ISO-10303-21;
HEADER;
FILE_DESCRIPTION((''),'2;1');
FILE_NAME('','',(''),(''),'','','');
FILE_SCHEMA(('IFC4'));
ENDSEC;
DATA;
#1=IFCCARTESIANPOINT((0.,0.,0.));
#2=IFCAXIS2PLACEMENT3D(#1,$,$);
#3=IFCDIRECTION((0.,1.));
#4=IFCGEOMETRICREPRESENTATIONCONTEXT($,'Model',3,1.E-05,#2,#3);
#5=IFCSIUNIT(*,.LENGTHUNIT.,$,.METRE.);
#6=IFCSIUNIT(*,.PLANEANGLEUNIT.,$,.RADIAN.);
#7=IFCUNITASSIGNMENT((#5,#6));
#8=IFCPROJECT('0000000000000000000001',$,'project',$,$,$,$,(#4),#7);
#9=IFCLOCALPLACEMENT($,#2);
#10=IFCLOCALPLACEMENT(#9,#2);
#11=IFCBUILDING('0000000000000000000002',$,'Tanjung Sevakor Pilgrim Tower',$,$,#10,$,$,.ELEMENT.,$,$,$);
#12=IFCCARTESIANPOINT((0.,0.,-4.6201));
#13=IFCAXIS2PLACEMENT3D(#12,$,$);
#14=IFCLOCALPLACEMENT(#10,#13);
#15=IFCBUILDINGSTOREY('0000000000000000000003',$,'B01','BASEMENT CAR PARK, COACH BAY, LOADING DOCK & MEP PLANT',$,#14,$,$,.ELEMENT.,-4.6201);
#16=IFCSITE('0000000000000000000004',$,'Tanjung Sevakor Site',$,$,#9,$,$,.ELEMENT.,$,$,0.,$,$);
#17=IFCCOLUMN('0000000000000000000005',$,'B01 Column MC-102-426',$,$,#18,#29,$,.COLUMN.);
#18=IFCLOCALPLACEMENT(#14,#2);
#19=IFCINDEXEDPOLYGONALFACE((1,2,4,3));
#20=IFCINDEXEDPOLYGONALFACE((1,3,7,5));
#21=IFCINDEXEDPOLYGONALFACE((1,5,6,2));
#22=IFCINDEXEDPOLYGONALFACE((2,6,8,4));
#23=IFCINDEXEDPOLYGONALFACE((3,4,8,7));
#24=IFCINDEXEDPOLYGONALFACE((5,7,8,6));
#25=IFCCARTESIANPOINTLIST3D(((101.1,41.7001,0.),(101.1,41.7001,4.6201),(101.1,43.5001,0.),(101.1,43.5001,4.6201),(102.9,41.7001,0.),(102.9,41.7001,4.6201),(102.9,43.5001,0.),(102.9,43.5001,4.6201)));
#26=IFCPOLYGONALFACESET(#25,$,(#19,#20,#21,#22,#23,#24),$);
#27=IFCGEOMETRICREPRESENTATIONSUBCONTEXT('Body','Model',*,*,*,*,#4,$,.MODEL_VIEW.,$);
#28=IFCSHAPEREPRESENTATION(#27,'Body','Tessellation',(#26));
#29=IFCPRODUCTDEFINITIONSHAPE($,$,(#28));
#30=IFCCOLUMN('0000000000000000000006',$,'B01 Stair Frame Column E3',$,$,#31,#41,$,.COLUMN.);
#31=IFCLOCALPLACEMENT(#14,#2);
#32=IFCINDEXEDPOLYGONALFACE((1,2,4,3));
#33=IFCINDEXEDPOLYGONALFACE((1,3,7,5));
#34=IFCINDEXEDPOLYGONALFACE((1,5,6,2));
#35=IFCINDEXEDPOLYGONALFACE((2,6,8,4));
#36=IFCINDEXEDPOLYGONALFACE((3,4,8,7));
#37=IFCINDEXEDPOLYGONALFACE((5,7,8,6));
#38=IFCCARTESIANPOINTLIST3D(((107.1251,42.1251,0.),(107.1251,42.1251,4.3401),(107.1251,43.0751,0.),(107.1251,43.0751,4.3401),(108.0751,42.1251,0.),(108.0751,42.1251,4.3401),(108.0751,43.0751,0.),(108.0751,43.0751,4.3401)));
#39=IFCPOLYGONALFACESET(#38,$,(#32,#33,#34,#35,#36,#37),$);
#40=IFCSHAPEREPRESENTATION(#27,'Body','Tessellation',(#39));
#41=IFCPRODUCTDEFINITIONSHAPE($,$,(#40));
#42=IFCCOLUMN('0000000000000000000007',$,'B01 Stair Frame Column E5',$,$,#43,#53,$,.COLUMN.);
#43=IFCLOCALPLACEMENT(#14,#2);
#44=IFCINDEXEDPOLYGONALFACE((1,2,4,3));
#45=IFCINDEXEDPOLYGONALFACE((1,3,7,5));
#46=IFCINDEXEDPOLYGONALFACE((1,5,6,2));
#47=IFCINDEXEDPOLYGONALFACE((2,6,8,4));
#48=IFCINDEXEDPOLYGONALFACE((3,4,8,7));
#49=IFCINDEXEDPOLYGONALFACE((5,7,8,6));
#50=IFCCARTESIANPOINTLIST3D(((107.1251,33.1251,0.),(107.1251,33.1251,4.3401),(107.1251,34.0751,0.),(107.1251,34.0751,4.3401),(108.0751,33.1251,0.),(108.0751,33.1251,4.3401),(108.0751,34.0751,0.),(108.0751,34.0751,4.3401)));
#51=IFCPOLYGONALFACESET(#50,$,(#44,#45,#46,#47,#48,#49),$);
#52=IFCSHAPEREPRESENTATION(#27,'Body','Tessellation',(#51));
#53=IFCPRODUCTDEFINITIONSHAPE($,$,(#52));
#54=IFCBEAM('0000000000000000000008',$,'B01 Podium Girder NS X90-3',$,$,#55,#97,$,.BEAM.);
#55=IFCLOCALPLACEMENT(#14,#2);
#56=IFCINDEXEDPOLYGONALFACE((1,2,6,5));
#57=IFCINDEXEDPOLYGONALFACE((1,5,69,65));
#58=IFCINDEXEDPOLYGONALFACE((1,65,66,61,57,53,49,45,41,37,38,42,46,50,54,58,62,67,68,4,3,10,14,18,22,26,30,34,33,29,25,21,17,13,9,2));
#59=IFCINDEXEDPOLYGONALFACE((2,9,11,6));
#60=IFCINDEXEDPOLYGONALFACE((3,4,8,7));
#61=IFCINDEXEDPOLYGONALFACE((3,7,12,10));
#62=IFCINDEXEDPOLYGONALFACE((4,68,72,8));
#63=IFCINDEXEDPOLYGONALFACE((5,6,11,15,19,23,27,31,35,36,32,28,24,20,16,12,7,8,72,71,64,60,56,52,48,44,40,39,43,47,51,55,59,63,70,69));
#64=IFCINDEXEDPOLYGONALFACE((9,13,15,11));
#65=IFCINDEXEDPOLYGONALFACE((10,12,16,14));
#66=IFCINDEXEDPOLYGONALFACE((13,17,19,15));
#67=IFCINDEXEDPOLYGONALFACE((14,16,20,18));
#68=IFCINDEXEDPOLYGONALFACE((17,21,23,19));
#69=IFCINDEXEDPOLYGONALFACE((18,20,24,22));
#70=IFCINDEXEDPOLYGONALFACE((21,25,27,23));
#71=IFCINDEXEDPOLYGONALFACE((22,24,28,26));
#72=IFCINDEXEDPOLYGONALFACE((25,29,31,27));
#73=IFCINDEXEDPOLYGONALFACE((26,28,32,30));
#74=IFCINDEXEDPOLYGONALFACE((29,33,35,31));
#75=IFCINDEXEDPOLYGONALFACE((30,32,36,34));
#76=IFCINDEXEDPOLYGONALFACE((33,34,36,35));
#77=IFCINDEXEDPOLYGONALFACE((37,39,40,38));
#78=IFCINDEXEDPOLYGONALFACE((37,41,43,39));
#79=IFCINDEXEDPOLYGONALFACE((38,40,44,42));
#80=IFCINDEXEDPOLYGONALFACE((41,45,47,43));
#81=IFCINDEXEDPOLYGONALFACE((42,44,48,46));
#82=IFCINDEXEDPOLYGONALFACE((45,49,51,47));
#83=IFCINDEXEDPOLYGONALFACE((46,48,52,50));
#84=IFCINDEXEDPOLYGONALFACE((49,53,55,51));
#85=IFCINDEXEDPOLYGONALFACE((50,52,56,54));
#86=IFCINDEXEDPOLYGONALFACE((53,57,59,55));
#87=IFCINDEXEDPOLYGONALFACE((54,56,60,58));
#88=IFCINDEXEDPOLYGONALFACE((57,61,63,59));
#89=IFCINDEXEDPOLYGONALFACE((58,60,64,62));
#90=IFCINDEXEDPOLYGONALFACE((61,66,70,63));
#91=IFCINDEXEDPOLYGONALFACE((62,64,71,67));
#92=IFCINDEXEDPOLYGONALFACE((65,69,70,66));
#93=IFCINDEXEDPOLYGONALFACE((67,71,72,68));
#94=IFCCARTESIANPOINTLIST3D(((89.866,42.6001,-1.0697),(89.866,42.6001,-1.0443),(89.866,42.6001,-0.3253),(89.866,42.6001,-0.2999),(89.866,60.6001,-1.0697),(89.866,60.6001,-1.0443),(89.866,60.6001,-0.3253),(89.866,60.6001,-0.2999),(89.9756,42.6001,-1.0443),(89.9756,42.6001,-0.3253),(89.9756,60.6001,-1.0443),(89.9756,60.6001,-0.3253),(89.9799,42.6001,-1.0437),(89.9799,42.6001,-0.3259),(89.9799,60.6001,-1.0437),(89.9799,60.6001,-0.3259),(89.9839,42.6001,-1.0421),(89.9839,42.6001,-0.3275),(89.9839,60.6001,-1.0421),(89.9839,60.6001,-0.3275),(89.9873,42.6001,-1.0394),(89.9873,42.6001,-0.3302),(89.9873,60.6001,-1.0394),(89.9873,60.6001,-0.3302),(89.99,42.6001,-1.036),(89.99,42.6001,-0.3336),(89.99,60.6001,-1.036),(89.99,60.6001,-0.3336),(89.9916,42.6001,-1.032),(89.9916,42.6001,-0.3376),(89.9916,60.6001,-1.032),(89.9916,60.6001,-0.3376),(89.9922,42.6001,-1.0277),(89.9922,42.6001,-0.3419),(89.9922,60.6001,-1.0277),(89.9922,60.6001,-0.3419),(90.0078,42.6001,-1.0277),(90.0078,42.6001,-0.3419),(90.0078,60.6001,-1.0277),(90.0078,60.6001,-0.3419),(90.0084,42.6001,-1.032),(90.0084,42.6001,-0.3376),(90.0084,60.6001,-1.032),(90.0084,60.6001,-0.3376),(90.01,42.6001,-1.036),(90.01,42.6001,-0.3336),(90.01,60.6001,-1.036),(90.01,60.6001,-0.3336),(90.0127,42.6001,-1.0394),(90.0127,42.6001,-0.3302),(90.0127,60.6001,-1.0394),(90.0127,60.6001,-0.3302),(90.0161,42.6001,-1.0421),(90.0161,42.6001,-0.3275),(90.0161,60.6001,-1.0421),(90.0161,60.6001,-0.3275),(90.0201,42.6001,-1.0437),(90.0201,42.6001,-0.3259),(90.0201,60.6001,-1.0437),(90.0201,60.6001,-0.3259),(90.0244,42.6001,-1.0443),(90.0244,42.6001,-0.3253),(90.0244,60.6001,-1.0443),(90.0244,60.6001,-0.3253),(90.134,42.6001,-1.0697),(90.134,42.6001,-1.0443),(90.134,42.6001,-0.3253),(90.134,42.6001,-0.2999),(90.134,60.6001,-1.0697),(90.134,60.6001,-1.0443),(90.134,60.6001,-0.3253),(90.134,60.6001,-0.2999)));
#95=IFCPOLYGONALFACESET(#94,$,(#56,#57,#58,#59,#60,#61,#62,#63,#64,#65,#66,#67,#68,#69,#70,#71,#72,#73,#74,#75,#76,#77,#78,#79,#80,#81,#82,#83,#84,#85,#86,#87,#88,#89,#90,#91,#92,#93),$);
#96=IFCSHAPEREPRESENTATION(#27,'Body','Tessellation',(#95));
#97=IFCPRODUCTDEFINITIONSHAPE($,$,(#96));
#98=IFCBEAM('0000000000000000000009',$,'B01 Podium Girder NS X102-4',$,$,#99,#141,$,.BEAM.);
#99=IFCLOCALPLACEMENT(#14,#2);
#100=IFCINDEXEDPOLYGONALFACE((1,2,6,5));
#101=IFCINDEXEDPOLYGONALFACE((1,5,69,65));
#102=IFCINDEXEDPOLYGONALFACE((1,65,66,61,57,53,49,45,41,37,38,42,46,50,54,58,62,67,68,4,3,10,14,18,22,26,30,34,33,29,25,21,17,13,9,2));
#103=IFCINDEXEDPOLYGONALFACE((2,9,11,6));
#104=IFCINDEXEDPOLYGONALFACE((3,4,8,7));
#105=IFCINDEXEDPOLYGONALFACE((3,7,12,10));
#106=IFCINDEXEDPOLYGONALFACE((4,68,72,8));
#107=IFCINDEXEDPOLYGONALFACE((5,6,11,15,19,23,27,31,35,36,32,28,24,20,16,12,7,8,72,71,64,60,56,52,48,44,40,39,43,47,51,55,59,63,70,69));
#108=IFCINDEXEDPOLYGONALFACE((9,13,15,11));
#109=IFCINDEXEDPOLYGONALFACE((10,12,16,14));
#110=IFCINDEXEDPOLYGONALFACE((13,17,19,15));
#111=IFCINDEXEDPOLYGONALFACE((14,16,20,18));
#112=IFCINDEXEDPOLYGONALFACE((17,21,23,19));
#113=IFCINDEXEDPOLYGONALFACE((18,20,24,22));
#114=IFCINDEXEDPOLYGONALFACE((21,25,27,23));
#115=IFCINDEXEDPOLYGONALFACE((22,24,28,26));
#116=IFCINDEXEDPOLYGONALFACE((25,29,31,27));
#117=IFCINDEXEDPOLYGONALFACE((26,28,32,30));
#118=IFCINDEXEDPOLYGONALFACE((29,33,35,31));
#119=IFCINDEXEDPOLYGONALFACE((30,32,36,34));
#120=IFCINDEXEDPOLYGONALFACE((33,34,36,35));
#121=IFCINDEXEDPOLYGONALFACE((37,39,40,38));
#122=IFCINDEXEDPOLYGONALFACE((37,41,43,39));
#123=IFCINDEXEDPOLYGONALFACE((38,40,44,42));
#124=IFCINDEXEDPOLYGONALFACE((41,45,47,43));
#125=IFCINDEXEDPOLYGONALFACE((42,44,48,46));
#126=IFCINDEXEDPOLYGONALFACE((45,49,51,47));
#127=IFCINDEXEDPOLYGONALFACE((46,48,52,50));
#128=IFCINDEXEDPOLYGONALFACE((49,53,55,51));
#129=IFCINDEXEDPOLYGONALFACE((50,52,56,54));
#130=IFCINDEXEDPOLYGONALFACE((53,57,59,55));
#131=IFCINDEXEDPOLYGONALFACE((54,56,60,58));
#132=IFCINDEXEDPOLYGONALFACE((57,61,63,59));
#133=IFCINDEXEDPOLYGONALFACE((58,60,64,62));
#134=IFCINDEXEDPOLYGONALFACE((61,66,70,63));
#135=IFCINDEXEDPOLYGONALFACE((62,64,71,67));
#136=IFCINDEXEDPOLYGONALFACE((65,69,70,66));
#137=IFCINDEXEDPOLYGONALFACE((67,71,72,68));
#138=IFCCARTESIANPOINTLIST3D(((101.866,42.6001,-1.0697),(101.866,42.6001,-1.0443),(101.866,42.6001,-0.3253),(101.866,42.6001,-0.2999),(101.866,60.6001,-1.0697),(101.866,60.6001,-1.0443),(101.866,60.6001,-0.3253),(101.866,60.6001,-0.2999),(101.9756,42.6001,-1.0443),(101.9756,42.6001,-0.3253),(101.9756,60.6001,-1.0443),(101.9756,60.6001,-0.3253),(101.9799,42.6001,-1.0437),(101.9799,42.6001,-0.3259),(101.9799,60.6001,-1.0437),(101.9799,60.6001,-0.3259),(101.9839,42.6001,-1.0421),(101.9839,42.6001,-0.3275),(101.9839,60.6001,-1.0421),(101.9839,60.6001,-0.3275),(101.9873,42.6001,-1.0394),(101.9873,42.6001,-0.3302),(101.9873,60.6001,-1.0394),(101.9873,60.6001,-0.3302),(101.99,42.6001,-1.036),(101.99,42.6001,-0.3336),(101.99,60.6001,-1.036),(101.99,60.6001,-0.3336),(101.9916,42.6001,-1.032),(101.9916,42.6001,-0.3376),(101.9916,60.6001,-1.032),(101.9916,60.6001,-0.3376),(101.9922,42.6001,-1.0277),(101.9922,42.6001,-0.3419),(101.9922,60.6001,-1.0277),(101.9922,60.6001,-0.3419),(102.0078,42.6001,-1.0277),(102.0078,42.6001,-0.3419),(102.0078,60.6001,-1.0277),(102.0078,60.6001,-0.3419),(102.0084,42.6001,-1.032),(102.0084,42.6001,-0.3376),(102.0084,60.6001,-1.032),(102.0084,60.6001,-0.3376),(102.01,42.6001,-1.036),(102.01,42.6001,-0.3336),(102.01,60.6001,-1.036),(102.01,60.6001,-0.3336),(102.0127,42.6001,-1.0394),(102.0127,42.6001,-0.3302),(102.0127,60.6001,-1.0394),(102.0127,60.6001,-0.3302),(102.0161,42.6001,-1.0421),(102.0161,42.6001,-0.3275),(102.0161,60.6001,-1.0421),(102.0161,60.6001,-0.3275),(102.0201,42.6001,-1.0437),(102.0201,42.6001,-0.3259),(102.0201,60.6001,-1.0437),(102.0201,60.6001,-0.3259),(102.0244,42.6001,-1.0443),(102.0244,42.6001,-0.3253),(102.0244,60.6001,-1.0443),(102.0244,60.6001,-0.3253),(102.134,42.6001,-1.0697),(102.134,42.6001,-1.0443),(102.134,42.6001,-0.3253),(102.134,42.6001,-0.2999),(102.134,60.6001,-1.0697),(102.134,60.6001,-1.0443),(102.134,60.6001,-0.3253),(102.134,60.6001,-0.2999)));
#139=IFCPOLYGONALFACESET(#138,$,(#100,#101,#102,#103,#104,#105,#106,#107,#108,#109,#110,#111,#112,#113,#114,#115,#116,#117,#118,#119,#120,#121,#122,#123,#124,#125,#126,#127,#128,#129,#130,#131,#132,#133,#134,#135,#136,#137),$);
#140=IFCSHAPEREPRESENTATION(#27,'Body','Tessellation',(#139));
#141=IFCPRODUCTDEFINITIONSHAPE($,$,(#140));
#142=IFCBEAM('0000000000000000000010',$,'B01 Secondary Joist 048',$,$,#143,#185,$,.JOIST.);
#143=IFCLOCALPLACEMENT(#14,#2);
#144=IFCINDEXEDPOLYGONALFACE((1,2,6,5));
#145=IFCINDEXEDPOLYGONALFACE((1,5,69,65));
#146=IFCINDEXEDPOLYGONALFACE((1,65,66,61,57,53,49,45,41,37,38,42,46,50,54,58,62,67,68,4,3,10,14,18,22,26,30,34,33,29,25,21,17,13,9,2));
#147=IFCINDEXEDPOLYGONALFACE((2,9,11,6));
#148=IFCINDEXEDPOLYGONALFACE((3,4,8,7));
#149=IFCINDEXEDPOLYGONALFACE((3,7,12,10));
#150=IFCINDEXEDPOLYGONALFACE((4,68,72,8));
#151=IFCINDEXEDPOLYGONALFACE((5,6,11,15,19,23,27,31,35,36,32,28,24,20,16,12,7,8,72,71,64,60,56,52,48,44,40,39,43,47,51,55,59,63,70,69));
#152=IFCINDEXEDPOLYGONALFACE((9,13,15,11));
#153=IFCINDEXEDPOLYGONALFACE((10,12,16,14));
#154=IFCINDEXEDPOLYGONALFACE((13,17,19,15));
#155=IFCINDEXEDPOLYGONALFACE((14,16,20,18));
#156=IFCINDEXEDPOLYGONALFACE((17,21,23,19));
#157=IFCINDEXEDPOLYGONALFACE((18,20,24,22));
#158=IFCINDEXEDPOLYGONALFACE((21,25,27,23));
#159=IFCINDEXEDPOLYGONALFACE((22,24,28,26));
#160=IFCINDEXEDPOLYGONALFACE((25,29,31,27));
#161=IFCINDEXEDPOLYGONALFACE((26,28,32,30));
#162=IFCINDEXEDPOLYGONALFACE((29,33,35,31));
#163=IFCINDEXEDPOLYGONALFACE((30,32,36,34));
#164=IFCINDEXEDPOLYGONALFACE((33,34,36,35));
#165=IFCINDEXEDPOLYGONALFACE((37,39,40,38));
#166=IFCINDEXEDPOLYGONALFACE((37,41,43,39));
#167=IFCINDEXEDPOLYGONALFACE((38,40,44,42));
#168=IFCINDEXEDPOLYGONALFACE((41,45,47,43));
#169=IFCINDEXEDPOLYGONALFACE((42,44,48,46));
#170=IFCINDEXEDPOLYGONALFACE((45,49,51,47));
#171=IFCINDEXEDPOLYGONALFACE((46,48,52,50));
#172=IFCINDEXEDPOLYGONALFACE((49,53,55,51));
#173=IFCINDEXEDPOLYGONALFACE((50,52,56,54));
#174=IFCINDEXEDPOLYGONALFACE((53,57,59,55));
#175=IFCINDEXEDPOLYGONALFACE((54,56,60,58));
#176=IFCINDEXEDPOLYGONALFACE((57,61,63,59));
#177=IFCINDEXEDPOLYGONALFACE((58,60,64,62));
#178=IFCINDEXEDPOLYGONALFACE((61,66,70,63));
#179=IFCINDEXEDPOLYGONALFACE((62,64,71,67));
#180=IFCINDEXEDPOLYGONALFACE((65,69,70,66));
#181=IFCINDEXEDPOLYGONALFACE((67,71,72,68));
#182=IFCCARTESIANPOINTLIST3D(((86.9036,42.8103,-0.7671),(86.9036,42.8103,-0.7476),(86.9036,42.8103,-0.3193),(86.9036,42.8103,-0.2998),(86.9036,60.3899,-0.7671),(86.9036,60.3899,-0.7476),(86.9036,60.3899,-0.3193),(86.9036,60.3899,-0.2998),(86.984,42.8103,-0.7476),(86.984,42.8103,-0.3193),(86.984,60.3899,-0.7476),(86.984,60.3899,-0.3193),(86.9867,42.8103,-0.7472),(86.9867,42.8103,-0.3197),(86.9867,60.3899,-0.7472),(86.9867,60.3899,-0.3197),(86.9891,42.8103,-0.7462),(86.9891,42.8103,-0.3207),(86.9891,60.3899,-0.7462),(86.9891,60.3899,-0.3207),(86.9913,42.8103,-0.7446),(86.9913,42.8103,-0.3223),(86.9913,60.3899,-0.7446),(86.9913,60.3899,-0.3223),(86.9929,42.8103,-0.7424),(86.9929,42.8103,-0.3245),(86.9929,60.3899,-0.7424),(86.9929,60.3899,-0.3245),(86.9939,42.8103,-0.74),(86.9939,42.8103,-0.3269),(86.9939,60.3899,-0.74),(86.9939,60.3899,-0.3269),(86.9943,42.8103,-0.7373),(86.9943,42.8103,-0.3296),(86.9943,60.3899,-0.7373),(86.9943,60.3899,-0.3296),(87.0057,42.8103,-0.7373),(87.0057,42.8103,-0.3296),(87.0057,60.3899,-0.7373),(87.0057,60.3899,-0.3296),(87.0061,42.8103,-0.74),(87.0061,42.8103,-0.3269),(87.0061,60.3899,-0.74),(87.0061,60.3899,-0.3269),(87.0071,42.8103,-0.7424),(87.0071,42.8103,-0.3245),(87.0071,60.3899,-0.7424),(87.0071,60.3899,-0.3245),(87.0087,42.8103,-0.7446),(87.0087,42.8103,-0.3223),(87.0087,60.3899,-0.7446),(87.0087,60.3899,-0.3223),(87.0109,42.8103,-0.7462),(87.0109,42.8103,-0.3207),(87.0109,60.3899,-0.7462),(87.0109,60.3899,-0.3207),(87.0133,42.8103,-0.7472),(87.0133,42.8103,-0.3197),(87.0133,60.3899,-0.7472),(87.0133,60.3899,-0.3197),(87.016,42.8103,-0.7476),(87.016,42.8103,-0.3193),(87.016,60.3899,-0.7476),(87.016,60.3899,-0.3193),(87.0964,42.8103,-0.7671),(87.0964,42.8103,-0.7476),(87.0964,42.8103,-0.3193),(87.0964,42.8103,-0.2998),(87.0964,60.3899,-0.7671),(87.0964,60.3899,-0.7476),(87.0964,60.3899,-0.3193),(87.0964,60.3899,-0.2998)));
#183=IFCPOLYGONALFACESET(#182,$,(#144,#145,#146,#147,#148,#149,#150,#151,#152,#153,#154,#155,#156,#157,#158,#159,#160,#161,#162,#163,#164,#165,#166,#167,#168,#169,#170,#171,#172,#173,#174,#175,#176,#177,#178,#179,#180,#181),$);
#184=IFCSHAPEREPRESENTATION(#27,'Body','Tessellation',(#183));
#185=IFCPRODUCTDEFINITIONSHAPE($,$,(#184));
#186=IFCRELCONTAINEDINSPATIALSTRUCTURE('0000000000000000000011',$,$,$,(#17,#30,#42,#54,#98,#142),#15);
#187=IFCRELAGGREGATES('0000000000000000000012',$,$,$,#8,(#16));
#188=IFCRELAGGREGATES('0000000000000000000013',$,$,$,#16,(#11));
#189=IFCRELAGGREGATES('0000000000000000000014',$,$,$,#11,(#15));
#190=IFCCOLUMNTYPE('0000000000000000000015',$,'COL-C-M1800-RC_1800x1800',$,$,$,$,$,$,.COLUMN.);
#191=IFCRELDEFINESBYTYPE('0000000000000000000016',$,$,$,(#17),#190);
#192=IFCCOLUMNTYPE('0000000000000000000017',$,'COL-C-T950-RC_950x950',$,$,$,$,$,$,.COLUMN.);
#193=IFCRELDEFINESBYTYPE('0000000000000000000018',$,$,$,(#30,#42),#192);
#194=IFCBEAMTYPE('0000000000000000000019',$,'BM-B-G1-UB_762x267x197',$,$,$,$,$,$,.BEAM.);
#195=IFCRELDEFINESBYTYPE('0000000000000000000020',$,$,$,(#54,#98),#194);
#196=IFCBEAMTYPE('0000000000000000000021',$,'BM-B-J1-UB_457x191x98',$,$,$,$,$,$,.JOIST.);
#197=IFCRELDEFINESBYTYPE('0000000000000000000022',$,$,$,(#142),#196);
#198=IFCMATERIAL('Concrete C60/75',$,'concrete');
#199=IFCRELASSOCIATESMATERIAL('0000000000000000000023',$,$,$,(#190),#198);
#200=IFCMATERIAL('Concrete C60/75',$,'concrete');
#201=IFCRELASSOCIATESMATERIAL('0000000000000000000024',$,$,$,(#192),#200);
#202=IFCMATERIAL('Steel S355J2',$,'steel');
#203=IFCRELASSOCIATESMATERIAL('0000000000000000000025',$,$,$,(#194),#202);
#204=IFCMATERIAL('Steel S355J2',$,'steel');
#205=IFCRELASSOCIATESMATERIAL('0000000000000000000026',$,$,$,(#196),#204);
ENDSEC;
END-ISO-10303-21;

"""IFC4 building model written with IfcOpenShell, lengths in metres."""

from ifc_helpers import new_model, si_unit, direction, frame, origin, origin_2d, place, context, subcontext, project, spatial, rectangle, i_section, extrude, material, material_profile, profile_set, type_object, element, save


model = new_model("IFC4")

# Units and contexts
model_context = context("Model", 3, precision=1e-05, world=origin(), true_north=direction((0.0, 1.0)))
body_context = subcontext(model_context, "Body", "Model", "MODEL_VIEW")
ifc_project = project(units=[si_unit("LENGTHUNIT", "METRE"), si_unit("PLANEANGLEUNIT", "RADIAN")], contexts=[model_context])

# Site, building, storey
site_placement = place(None, origin())
site = spatial("IfcSite", under=ifc_project, at=site_placement, Name="Tanjung Sevakor Site", CompositionType="ELEMENT", RefElevation=0.0)
building_placement = place(site_placement, origin())
building = spatial("IfcBuilding", under=site, at=building_placement, Name="Tanjung Sevakor Pilgrim Tower", CompositionType="ELEMENT")
storey_placement = place(building_placement, frame((0.0, 0.0, -4.6201)))
storey = spatial("IfcBuildingStorey", under=building, at=storey_placement, Name="B01", Description="BASEMENT CAR PARK, COACH BAY, LOADING DOCK & MEP PLANT", CompositionType="ELEMENT", Elevation=-4.6201)

# Columns
ifc_material_1 = material(Name="Concrete C60/75", Category="concrete")
ifc_material_profile_1 = material_profile(ifc_material_1, rectangle(XDim=1.8, YDim=1.8, at=origin_2d()))
ifc_profile_set_1 = profile_set([ifc_material_profile_1], Name="Concrete C60/75")
column_type_1 = type_object("IfcColumnType", Name="COL-C-M1800-RC_1800x1800", PredefinedType="COLUMN", material=ifc_profile_set_1)
column_placement = place(storey_placement, frame((102.0, 42.6001, 0.0), z_axis=(0.0, 0.0, 1.0), x_axis=(1.0, 0.0, 0.0)))
element("IfcColumn", 1, at=column_placement, inside=storey, type_object=column_type_1, Name="B01 Column MC-102-426", PredefinedType="COLUMN", context=body_context, shape_type="SweptSolid", body=[
    extrude(rectangle(XDim=1.8, YDim=1.8, at=origin_2d()), origin(), (0.0, 0.0, 1.0), 4.6201),
])
ifc_material_2 = material(Name="Concrete C60/75", Category="concrete")
ifc_material_profile_2 = material_profile(ifc_material_2, rectangle(XDim=0.95, YDim=0.95, at=origin_2d()))
ifc_profile_set_2 = profile_set([ifc_material_profile_2], Name="Concrete C60/75")
column_type_2 = type_object("IfcColumnType", Name="COL-C-T950-RC_950x950", PredefinedType="COLUMN", material=ifc_profile_set_2)
for number, where, z_axis, x_axis, name in (
    (2, (107.6001, 42.6001, 0.0), (0.0, 0.0, 1.0), (1.0, 0.0, 0.0), "B01 Stair Frame Column E3"),
    (3, (107.6001, 33.6001, 0.0), (0.0, 0.0, 1.0), (1.0, 0.0, 0.0), "B01 Stair Frame Column E5"),
):
    element("IfcColumn", number, at=place(storey_placement, frame(where, z_axis=z_axis, x_axis=x_axis)), inside=storey, type_object=column_type_2, Name=name, PredefinedType="COLUMN", context=body_context, shape_type="SweptSolid", body=[
        extrude(rectangle(XDim=0.95, YDim=0.95, at=origin_2d()), origin(), (0.0, 0.0, 1.0), 4.3401),
    ])

# Beams
ifc_material_3 = material(Name="Steel S355J2", Category="steel")
ifc_material_profile_3 = material_profile(ifc_material_3, i_section(OverallWidth=0.2681, OverallDepth=0.7698, WebThickness=0.0156, FlangeThickness=0.0254, FilletRadius=0.0166, at=origin_2d()))
ifc_profile_set_3 = profile_set([ifc_material_profile_3], Name="Steel S355J2")
beam_type_1 = type_object("IfcBeamType", Name="BM-B-G1-UB_762x267x197", PredefinedType="BEAM", material=ifc_profile_set_3)
for number, where, z_axis, x_axis, name in (
    (4, (90.0, 42.6001, -0.6848), (0.0, 1.0, 0.0), (-1.0, 0.0, 0.0), "B01 Podium Girder NS X90-3"),
    (5, (102.0, 42.6001, -0.6848), (0.0, 1.0, 0.0), (-1.0, 0.0, 0.0), "B01 Podium Girder NS X102-4"),
):
    element("IfcBeam", number, at=place(storey_placement, frame(where, z_axis=z_axis, x_axis=x_axis)), inside=storey, type_object=beam_type_1, Name=name, PredefinedType="BEAM", context=body_context, shape_type="SweptSolid", body=[
        extrude(i_section(OverallWidth=0.2681, OverallDepth=0.7698, WebThickness=0.0156, FlangeThickness=0.0254, FilletRadius=0.0166, at=origin_2d()), origin(), (0.0, 0.0, 1.0), 18.0),
    ])
ifc_material_4 = material(Name="Steel S355J2", Category="steel")
ifc_material_profile_4 = material_profile(ifc_material_4, i_section(OverallWidth=0.1929, OverallDepth=0.4673, WebThickness=0.0115, FlangeThickness=0.0195, FilletRadius=0.0103, at=origin_2d()))
ifc_profile_set_4 = profile_set([ifc_material_profile_4], Name="Steel S355J2")
beam_type_2 = type_object("IfcBeamType", Name="BM-B-J1-UB_457x191x98", PredefinedType="JOIST", material=ifc_profile_set_4)
for number, where, z_axis, x_axis, name in (
    (6, (87.0, 42.8103, -0.5334), (0.0, 1.0, 0.0), (-1.0, 0.0, 0.0), "B01 Secondary Joist 048"),
):
    element("IfcBeam", number, at=place(storey_placement, frame(where, z_axis=z_axis, x_axis=x_axis)), inside=storey, type_object=beam_type_2, Name=name, PredefinedType="JOIST", context=body_context, shape_type="SweptSolid", body=[
        extrude(i_section(OverallWidth=0.1929, OverallDepth=0.4673, WebThickness=0.0115, FlangeThickness=0.0195, FilletRadius=0.0103, at=origin_2d()), origin(), (0.0, 0.0, 1.0), 17.5796),
    ])

save(model, "model.ifc")
